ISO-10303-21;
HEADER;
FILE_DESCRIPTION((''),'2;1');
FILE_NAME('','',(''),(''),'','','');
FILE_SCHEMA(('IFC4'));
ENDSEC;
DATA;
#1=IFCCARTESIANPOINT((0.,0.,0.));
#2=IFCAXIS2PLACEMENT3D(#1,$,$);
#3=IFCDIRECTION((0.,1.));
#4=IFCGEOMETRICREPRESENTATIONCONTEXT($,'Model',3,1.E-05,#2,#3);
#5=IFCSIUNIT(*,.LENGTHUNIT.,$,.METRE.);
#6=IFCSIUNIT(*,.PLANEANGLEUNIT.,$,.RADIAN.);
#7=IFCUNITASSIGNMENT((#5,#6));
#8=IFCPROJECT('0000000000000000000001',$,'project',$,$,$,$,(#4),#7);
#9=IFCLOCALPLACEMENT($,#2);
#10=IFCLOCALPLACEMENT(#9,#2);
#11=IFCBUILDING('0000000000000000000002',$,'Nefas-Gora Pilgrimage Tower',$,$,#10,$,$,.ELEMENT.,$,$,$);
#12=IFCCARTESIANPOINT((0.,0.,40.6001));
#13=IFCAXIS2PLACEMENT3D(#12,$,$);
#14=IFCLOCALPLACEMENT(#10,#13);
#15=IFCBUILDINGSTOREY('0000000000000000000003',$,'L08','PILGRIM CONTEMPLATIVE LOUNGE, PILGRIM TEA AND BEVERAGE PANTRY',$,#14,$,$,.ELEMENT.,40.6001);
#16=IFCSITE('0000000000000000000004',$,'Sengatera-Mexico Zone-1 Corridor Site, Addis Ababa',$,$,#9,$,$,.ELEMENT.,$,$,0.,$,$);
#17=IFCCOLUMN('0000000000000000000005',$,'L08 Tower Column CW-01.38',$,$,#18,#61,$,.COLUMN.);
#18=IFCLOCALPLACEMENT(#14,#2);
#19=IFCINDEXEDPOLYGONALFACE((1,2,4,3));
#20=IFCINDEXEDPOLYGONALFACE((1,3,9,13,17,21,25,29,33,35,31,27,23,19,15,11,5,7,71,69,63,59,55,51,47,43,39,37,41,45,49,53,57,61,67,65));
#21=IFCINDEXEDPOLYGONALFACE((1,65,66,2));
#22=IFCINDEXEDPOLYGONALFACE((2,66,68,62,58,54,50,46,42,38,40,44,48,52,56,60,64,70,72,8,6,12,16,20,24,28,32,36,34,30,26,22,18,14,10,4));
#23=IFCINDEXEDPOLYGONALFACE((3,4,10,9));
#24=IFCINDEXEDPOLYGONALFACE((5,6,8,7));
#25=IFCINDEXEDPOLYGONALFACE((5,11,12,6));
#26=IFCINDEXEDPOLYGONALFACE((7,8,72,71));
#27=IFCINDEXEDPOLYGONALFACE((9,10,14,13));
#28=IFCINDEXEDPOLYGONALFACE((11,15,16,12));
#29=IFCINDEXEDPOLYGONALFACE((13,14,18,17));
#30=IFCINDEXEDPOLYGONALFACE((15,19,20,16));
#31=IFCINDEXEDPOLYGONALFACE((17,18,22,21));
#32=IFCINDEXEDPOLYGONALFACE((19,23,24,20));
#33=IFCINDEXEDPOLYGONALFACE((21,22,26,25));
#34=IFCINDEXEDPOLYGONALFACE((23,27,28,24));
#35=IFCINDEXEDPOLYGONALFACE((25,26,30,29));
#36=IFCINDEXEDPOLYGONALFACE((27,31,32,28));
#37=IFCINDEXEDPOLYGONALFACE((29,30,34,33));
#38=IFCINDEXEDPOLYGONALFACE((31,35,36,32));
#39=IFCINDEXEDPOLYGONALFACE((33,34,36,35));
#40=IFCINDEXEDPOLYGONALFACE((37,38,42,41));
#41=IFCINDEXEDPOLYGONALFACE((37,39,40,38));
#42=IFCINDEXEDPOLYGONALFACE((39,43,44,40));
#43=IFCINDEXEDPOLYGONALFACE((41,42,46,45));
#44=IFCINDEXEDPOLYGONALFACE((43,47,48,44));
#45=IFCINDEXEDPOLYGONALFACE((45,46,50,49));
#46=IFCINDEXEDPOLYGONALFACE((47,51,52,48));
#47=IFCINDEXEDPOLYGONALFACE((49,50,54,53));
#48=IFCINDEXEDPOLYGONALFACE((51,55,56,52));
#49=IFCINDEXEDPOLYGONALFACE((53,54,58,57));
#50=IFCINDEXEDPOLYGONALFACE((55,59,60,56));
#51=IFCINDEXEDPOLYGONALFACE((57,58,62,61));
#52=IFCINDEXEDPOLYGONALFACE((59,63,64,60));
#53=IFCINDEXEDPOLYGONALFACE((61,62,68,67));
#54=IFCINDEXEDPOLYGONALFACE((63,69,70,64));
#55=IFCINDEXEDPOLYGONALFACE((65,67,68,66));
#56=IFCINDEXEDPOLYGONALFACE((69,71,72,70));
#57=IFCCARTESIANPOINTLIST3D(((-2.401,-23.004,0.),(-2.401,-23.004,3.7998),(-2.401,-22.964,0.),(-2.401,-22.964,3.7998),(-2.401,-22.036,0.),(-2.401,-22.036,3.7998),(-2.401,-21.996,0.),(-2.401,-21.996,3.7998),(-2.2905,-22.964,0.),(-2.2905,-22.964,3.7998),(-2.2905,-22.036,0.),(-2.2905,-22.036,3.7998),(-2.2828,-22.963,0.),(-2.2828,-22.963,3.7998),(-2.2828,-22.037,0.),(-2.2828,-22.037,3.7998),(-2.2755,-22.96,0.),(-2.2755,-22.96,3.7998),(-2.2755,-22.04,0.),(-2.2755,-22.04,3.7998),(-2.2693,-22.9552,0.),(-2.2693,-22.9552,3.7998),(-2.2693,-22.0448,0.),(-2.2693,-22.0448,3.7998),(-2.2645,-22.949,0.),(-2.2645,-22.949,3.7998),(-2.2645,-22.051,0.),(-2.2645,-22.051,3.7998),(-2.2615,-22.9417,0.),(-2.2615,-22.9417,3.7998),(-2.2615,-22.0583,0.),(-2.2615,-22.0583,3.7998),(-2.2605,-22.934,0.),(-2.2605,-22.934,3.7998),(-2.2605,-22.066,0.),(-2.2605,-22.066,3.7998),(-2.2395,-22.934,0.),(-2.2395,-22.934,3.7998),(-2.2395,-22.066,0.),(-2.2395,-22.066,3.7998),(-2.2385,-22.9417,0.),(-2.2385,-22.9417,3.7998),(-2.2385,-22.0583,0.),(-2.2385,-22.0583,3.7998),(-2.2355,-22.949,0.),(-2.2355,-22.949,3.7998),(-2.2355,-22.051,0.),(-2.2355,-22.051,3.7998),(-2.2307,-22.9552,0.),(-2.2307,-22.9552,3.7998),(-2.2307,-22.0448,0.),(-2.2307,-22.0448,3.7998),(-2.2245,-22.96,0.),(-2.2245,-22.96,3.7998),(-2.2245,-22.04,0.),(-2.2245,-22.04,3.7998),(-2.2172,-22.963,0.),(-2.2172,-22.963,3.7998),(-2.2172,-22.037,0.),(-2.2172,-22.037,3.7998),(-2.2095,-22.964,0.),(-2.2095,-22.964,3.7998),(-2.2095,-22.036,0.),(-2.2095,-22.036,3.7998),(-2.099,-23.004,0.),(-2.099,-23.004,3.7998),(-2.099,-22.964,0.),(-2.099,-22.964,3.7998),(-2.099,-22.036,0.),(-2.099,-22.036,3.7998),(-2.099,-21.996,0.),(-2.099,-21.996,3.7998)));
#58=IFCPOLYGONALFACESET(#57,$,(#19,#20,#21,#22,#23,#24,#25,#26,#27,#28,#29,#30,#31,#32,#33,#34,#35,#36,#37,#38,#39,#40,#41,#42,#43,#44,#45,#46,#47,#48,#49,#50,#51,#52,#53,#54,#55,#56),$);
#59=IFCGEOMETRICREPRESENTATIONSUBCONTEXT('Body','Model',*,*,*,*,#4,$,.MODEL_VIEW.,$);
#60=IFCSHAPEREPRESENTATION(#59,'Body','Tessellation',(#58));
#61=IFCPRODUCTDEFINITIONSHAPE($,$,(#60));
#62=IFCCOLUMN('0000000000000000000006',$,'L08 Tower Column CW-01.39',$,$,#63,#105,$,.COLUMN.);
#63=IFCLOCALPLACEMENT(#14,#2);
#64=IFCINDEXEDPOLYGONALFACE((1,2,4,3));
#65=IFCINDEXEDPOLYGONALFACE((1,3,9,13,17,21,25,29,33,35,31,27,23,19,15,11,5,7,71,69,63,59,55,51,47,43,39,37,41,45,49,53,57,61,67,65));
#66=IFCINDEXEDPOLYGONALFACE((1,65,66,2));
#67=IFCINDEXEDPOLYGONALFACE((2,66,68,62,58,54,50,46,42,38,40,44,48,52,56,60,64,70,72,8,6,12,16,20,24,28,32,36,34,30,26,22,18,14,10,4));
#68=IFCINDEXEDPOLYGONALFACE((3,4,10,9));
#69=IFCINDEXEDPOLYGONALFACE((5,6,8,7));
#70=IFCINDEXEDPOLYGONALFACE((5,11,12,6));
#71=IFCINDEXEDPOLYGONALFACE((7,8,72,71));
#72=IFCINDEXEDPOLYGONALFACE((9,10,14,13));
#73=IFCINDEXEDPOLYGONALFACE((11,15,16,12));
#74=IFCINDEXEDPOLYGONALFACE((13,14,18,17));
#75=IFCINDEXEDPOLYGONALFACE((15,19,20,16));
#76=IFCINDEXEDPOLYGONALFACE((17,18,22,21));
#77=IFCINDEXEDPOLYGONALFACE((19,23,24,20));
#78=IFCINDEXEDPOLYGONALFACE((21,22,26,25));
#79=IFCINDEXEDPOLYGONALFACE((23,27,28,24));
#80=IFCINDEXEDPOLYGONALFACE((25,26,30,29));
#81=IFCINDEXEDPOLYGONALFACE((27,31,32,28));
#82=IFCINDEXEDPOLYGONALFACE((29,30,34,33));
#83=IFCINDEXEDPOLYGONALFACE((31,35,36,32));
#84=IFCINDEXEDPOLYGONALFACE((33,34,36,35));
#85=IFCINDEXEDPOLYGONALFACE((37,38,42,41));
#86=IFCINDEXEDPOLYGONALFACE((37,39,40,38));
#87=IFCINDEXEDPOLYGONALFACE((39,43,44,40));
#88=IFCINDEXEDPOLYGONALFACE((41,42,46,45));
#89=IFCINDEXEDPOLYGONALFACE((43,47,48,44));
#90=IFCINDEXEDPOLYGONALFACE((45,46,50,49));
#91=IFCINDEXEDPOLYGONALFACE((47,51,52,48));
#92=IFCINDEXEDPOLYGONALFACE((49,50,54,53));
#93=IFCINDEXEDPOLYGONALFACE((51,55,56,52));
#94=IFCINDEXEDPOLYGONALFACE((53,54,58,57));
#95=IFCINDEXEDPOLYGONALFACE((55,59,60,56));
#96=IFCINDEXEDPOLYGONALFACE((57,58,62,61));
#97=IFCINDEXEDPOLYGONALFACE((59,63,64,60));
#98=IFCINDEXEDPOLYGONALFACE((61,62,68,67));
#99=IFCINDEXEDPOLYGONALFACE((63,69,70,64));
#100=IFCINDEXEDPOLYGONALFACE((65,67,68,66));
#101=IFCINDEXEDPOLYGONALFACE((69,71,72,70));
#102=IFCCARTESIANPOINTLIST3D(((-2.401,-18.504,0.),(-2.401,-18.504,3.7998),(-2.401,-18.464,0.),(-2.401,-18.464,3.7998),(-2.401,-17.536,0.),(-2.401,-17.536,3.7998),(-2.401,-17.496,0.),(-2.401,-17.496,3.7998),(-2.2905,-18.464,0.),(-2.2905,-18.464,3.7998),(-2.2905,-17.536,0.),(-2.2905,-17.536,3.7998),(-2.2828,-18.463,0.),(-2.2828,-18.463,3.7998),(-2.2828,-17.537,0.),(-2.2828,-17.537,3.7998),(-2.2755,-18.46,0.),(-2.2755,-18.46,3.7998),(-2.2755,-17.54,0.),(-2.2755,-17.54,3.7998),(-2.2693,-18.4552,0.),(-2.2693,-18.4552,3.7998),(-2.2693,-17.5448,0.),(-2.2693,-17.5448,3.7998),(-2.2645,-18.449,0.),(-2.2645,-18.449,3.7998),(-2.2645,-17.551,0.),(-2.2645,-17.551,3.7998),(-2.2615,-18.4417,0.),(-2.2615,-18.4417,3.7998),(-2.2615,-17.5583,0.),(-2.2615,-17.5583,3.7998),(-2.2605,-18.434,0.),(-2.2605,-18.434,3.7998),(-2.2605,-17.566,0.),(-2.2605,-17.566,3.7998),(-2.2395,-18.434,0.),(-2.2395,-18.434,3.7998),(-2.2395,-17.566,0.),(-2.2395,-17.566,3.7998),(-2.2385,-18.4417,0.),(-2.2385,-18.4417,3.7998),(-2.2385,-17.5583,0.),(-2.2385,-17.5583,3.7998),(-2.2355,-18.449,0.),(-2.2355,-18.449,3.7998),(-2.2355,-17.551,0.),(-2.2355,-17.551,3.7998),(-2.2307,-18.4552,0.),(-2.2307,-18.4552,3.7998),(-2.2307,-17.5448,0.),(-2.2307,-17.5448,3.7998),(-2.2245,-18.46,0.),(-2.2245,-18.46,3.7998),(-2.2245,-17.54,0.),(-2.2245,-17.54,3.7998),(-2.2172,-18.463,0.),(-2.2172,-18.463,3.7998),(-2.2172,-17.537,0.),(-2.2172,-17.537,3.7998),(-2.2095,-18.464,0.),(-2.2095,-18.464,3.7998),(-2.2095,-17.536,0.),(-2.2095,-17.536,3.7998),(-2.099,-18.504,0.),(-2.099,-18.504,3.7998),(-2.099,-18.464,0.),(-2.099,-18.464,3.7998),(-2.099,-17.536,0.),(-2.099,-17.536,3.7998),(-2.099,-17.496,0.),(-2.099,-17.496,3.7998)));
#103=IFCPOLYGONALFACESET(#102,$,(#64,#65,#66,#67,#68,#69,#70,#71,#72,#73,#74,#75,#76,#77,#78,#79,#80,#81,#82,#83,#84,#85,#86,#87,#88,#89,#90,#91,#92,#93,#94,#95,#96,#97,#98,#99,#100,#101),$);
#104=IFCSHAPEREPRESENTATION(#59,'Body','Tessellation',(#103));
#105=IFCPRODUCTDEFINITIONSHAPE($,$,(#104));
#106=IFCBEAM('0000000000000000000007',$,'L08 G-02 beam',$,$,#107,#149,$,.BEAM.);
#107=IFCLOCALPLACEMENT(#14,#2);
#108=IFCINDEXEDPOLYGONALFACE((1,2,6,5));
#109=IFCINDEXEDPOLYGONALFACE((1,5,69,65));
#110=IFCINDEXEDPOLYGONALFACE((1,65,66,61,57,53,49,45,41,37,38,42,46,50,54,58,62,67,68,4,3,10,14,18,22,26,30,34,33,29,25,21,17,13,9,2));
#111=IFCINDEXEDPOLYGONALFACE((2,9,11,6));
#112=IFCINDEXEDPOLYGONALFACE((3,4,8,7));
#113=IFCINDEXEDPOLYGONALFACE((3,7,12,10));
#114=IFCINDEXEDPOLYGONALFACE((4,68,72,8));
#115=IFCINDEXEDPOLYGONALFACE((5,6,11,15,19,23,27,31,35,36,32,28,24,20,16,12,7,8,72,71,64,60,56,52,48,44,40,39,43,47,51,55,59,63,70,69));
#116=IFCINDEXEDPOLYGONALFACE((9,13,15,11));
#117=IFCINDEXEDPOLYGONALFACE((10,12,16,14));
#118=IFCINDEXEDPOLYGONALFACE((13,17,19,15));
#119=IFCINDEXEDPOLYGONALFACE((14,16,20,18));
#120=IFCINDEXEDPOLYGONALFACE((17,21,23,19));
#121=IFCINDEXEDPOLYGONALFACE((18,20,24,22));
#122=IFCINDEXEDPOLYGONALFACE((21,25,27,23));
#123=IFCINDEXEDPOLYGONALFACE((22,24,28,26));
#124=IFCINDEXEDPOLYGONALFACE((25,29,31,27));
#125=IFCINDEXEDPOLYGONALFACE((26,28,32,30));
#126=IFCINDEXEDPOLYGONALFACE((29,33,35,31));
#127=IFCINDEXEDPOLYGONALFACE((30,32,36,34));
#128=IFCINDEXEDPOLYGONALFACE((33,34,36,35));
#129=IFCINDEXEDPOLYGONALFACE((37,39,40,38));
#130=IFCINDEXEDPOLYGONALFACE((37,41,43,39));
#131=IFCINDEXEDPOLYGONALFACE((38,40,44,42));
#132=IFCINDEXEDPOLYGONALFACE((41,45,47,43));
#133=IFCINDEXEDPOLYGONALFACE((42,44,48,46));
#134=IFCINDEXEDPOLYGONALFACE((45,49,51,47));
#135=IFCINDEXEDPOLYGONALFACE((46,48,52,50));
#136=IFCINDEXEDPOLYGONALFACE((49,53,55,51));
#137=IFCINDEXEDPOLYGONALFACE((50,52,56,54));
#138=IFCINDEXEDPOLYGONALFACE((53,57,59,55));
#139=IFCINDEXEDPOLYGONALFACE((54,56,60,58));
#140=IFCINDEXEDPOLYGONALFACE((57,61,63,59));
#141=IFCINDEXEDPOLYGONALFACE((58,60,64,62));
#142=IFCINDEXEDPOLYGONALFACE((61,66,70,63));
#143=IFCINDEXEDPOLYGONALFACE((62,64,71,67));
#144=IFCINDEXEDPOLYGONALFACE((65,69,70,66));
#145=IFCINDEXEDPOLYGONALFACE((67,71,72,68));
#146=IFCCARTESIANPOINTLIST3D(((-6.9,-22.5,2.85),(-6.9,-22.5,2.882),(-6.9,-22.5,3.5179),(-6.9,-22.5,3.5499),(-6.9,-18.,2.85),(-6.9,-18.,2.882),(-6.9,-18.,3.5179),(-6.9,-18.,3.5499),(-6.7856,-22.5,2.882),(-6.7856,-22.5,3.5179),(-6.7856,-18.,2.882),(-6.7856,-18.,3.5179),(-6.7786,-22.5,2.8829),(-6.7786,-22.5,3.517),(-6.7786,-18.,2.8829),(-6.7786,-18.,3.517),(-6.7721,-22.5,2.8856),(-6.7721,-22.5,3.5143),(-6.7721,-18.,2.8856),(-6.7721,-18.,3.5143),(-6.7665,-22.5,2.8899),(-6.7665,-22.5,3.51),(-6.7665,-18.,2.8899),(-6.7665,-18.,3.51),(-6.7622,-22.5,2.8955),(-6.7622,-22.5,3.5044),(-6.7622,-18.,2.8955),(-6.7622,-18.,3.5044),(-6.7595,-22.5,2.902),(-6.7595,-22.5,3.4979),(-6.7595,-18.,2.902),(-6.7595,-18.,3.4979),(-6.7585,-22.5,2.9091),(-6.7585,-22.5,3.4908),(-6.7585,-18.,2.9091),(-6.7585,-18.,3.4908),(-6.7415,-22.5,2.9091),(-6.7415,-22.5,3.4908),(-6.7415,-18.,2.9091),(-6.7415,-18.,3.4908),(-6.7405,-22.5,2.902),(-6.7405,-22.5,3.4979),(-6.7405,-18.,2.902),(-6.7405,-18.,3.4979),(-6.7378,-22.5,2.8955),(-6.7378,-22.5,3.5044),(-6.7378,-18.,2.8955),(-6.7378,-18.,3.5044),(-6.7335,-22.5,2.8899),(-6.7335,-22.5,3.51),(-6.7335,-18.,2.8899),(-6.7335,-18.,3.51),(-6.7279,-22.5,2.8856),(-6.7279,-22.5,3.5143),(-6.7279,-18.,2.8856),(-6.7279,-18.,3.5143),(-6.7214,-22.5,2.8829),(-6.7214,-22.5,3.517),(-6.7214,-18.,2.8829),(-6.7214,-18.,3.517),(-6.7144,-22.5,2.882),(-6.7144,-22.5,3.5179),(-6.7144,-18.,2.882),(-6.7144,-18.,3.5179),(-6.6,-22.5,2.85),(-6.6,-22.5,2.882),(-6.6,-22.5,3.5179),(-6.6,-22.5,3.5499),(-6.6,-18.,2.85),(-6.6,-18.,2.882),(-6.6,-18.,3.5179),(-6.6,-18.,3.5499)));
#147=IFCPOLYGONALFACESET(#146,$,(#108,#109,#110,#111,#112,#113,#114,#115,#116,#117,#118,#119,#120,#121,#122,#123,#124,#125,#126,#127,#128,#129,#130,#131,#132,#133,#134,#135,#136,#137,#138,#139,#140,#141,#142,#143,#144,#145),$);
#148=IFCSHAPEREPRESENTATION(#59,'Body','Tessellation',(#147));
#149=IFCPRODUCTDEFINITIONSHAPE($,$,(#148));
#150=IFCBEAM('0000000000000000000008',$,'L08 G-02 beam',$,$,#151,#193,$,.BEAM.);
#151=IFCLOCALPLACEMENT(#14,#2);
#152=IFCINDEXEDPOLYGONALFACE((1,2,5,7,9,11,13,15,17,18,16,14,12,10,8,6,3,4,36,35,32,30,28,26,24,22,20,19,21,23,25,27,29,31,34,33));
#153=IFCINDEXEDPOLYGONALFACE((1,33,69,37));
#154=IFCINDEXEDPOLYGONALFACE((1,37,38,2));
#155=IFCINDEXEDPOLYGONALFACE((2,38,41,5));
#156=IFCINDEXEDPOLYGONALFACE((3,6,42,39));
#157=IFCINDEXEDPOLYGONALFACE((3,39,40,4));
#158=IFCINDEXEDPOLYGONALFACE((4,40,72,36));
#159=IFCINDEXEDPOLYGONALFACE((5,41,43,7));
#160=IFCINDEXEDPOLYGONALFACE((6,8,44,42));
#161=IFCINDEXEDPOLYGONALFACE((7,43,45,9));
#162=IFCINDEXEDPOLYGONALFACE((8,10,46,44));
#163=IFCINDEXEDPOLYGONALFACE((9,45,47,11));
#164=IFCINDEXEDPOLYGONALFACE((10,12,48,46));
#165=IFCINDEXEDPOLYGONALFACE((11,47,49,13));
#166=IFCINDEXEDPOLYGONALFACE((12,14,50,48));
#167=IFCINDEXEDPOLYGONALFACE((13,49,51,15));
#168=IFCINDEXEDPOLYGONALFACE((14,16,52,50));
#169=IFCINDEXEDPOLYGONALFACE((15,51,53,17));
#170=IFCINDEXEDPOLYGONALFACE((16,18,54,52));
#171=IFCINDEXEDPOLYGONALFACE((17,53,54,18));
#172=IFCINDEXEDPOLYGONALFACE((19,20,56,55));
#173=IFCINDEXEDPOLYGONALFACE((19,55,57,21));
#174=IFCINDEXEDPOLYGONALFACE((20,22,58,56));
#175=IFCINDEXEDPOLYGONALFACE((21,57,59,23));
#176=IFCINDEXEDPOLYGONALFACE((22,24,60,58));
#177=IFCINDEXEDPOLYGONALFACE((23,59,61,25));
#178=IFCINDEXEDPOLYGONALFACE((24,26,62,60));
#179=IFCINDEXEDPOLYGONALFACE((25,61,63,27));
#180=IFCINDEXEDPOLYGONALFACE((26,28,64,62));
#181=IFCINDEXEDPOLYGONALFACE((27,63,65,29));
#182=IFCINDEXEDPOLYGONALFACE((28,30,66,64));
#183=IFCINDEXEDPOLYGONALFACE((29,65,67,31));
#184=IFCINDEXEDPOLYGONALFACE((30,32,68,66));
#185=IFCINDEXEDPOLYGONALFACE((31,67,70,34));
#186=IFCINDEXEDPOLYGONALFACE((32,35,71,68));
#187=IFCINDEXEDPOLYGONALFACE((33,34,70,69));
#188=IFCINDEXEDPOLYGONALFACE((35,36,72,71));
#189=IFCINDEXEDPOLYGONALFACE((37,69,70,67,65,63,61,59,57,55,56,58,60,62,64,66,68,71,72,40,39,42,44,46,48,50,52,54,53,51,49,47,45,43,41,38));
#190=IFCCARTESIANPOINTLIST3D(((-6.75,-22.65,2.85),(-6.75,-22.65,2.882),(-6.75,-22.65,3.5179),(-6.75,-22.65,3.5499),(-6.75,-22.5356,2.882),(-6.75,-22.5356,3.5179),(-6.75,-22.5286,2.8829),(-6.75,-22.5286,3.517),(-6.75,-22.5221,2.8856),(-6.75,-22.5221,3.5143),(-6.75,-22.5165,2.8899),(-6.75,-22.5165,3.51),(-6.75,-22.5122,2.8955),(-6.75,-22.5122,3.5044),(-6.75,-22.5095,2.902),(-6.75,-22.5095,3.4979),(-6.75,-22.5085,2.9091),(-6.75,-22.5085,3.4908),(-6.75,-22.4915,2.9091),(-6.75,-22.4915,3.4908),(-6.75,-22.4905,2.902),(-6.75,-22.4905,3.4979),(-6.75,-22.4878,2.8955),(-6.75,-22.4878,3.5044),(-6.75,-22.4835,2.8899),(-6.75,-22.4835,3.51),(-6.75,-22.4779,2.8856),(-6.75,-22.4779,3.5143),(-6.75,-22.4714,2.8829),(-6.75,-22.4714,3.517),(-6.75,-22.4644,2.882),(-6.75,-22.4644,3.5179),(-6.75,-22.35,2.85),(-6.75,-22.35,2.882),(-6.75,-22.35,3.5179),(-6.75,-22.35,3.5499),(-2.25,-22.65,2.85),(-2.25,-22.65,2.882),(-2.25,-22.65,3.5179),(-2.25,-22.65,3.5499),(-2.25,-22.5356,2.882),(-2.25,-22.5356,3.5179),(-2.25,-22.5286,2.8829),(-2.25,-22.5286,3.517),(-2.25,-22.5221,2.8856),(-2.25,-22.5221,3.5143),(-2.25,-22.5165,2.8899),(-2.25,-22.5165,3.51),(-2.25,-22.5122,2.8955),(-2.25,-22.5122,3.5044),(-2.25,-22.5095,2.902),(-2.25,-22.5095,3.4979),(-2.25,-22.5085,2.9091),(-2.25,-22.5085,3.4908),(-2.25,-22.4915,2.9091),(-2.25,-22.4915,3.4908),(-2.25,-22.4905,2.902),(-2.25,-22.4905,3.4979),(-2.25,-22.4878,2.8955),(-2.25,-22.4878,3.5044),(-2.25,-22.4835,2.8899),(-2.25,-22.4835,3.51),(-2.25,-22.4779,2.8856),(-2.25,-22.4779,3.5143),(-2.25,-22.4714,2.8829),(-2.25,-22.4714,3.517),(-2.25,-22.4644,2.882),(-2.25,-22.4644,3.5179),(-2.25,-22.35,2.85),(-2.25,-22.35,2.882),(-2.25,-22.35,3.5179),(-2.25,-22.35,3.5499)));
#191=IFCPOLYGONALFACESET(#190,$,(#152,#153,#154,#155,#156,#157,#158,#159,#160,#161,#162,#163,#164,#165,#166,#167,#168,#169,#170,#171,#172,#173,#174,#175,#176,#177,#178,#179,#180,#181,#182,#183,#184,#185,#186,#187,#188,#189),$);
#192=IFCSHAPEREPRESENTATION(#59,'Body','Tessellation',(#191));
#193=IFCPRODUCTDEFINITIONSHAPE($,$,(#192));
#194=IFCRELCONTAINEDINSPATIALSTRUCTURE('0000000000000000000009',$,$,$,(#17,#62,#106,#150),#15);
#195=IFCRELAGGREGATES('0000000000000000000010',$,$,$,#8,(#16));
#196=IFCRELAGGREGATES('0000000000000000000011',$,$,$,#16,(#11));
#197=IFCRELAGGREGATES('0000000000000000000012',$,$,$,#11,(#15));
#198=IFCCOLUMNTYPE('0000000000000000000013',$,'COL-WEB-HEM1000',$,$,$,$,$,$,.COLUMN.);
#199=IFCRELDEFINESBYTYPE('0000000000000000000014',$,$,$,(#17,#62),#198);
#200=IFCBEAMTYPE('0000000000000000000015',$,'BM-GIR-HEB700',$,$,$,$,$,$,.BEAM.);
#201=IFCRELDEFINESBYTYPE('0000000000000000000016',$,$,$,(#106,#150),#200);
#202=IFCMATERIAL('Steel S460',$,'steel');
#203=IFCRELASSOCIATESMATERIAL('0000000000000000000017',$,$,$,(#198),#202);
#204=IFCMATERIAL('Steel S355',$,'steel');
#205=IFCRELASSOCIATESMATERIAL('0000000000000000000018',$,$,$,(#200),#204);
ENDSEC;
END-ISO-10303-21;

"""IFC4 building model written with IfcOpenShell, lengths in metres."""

from ifc_helpers import new_model, si_unit, direction, frame, origin, origin_2d, place, context, subcontext, project, spatial, i_section, extrude, source, transform, mapped, material, material_profile, profile_set, type_object, element, save


model = new_model("IFC4")

# Units and contexts
model_context = context("Model", 3, precision=1e-05, world=origin(), true_north=direction((0.0, 1.0)))
body_context = subcontext(model_context, "Body", "Model", "MODEL_VIEW")
ifc_project = project(units=[si_unit("LENGTHUNIT", "METRE"), si_unit("PLANEANGLEUNIT", "RADIAN")], contexts=[model_context])

# Site, building, storey
site_placement = place(None, origin())
site = spatial("IfcSite", under=ifc_project, at=site_placement, Name="Sengatera-Mexico Zone-1 Corridor Site, Addis Ababa", CompositionType="ELEMENT", RefElevation=0.0)
building_placement = place(site_placement, origin())
building = spatial("IfcBuilding", under=site, at=building_placement, Name="Nefas-Gora Pilgrimage Tower", CompositionType="ELEMENT")
storey_placement = place(building_placement, frame((0.0, 0.0, 40.6001)))
storey = spatial("IfcBuildingStorey", under=building, at=storey_placement, Name="L08", Description="PILGRIM CONTEMPLATIVE LOUNGE, PILGRIM TEA AND BEVERAGE PANTRY", CompositionType="ELEMENT", Elevation=40.6001)

# Columns
ifc_material_1 = material(Name="Steel S460", Category="steel")
ifc_material_profile_1 = material_profile(ifc_material_1, i_section(OverallWidth=0.302, OverallDepth=1.0081, WebThickness=0.021, FlangeThickness=0.04, FilletRadius=0.03, at=origin_2d()), Name="HEM 1000")
ifc_profile_set_1 = profile_set([ifc_material_profile_1], Name="Steel S460")
column_type_1 = type_object("IfcColumnType", Name="COL-WEB-HEM1000", PredefinedType="COLUMN", material=ifc_profile_set_1)
shared_shape_1 = source(origin(), body_context, "Body", "SweptSolid", [
    extrude(i_section(OverallWidth=0.302, OverallDepth=1.0081, WebThickness=0.021, FlangeThickness=0.04, FilletRadius=0.03, at=origin_2d()), origin(), (0.0, 0.0, 1.0), 3.7998),
])
for number, where, z_axis, x_axis, name in (
    (1, (-2.25, -22.5, 0.0), (0.0, 0.0, 1.0), (1.0, 0.0, 0.0), "L08 Tower Column CW-01.38"),
    (2, (-2.25, -18.0, 0.0), (0.0, 0.0, 1.0), (1.0, 0.0, 0.0), "L08 Tower Column CW-01.39"),
):
    element("IfcColumn", number, at=place(storey_placement, frame(where, z_axis=z_axis, x_axis=x_axis)), inside=storey, type_object=column_type_1, Name=name, PredefinedType="COLUMN", context=body_context, shape_type="MappedRepresentation", body=[
        mapped(shared_shape_1, transform((0.0, 0.0, 0.0), x_axis=(1.0, 0.0, 0.0), y_axis=(0.0, 1.0, 0.0), z_axis=(0.0, 0.0, 1.0), scale=1.0)),
    ])

# Beams
ifc_material_2 = material(Name="Steel S355", Category="steel")
ifc_material_profile_2 = material_profile(ifc_material_2, i_section(OverallWidth=0.3, OverallDepth=0.7, WebThickness=0.0171, FlangeThickness=0.032, FilletRadius=0.0271, at=origin_2d()), Name="HEB 700")
ifc_profile_set_2 = profile_set([ifc_material_profile_2], Name="Steel S355")
beam_type = type_object("IfcBeamType", Name="BM-GIR-HEB700", PredefinedType="BEAM", material=ifc_profile_set_2)
shared_shape_2 = source(origin(), body_context, "Body", "SweptSolid", [
    extrude(i_section(OverallWidth=0.3, OverallDepth=0.7, WebThickness=0.0171, FlangeThickness=0.032, FilletRadius=0.0271, at=origin_2d()), origin(), (0.0, 0.0, 1.0), 4.5),
])
for number, where, z_axis, x_axis, name in (
    (3, (-6.75, -22.5, 3.2), (0.0, 1.0, 0.0), (-1.0, 0.0, 0.0), "L08 G-02 beam"),
    (4, (-6.75, -22.5, 3.2), (1.0, 0.0, 0.0), (0.0, 1.0, 0.0), "L08 G-02 beam"),
):
    element("IfcBeam", number, at=place(storey_placement, frame(where, z_axis=z_axis, x_axis=x_axis)), inside=storey, type_object=beam_type, Name=name, PredefinedType="BEAM", context=body_context, shape_type="MappedRepresentation", body=[
        mapped(shared_shape_2, transform((0.0, 0.0, 0.0), x_axis=(1.0, 0.0, 0.0), y_axis=(0.0, 1.0, 0.0), z_axis=(0.0, 0.0, 1.0), scale=1.0)),
    ])

save(model, "model.ifc")
